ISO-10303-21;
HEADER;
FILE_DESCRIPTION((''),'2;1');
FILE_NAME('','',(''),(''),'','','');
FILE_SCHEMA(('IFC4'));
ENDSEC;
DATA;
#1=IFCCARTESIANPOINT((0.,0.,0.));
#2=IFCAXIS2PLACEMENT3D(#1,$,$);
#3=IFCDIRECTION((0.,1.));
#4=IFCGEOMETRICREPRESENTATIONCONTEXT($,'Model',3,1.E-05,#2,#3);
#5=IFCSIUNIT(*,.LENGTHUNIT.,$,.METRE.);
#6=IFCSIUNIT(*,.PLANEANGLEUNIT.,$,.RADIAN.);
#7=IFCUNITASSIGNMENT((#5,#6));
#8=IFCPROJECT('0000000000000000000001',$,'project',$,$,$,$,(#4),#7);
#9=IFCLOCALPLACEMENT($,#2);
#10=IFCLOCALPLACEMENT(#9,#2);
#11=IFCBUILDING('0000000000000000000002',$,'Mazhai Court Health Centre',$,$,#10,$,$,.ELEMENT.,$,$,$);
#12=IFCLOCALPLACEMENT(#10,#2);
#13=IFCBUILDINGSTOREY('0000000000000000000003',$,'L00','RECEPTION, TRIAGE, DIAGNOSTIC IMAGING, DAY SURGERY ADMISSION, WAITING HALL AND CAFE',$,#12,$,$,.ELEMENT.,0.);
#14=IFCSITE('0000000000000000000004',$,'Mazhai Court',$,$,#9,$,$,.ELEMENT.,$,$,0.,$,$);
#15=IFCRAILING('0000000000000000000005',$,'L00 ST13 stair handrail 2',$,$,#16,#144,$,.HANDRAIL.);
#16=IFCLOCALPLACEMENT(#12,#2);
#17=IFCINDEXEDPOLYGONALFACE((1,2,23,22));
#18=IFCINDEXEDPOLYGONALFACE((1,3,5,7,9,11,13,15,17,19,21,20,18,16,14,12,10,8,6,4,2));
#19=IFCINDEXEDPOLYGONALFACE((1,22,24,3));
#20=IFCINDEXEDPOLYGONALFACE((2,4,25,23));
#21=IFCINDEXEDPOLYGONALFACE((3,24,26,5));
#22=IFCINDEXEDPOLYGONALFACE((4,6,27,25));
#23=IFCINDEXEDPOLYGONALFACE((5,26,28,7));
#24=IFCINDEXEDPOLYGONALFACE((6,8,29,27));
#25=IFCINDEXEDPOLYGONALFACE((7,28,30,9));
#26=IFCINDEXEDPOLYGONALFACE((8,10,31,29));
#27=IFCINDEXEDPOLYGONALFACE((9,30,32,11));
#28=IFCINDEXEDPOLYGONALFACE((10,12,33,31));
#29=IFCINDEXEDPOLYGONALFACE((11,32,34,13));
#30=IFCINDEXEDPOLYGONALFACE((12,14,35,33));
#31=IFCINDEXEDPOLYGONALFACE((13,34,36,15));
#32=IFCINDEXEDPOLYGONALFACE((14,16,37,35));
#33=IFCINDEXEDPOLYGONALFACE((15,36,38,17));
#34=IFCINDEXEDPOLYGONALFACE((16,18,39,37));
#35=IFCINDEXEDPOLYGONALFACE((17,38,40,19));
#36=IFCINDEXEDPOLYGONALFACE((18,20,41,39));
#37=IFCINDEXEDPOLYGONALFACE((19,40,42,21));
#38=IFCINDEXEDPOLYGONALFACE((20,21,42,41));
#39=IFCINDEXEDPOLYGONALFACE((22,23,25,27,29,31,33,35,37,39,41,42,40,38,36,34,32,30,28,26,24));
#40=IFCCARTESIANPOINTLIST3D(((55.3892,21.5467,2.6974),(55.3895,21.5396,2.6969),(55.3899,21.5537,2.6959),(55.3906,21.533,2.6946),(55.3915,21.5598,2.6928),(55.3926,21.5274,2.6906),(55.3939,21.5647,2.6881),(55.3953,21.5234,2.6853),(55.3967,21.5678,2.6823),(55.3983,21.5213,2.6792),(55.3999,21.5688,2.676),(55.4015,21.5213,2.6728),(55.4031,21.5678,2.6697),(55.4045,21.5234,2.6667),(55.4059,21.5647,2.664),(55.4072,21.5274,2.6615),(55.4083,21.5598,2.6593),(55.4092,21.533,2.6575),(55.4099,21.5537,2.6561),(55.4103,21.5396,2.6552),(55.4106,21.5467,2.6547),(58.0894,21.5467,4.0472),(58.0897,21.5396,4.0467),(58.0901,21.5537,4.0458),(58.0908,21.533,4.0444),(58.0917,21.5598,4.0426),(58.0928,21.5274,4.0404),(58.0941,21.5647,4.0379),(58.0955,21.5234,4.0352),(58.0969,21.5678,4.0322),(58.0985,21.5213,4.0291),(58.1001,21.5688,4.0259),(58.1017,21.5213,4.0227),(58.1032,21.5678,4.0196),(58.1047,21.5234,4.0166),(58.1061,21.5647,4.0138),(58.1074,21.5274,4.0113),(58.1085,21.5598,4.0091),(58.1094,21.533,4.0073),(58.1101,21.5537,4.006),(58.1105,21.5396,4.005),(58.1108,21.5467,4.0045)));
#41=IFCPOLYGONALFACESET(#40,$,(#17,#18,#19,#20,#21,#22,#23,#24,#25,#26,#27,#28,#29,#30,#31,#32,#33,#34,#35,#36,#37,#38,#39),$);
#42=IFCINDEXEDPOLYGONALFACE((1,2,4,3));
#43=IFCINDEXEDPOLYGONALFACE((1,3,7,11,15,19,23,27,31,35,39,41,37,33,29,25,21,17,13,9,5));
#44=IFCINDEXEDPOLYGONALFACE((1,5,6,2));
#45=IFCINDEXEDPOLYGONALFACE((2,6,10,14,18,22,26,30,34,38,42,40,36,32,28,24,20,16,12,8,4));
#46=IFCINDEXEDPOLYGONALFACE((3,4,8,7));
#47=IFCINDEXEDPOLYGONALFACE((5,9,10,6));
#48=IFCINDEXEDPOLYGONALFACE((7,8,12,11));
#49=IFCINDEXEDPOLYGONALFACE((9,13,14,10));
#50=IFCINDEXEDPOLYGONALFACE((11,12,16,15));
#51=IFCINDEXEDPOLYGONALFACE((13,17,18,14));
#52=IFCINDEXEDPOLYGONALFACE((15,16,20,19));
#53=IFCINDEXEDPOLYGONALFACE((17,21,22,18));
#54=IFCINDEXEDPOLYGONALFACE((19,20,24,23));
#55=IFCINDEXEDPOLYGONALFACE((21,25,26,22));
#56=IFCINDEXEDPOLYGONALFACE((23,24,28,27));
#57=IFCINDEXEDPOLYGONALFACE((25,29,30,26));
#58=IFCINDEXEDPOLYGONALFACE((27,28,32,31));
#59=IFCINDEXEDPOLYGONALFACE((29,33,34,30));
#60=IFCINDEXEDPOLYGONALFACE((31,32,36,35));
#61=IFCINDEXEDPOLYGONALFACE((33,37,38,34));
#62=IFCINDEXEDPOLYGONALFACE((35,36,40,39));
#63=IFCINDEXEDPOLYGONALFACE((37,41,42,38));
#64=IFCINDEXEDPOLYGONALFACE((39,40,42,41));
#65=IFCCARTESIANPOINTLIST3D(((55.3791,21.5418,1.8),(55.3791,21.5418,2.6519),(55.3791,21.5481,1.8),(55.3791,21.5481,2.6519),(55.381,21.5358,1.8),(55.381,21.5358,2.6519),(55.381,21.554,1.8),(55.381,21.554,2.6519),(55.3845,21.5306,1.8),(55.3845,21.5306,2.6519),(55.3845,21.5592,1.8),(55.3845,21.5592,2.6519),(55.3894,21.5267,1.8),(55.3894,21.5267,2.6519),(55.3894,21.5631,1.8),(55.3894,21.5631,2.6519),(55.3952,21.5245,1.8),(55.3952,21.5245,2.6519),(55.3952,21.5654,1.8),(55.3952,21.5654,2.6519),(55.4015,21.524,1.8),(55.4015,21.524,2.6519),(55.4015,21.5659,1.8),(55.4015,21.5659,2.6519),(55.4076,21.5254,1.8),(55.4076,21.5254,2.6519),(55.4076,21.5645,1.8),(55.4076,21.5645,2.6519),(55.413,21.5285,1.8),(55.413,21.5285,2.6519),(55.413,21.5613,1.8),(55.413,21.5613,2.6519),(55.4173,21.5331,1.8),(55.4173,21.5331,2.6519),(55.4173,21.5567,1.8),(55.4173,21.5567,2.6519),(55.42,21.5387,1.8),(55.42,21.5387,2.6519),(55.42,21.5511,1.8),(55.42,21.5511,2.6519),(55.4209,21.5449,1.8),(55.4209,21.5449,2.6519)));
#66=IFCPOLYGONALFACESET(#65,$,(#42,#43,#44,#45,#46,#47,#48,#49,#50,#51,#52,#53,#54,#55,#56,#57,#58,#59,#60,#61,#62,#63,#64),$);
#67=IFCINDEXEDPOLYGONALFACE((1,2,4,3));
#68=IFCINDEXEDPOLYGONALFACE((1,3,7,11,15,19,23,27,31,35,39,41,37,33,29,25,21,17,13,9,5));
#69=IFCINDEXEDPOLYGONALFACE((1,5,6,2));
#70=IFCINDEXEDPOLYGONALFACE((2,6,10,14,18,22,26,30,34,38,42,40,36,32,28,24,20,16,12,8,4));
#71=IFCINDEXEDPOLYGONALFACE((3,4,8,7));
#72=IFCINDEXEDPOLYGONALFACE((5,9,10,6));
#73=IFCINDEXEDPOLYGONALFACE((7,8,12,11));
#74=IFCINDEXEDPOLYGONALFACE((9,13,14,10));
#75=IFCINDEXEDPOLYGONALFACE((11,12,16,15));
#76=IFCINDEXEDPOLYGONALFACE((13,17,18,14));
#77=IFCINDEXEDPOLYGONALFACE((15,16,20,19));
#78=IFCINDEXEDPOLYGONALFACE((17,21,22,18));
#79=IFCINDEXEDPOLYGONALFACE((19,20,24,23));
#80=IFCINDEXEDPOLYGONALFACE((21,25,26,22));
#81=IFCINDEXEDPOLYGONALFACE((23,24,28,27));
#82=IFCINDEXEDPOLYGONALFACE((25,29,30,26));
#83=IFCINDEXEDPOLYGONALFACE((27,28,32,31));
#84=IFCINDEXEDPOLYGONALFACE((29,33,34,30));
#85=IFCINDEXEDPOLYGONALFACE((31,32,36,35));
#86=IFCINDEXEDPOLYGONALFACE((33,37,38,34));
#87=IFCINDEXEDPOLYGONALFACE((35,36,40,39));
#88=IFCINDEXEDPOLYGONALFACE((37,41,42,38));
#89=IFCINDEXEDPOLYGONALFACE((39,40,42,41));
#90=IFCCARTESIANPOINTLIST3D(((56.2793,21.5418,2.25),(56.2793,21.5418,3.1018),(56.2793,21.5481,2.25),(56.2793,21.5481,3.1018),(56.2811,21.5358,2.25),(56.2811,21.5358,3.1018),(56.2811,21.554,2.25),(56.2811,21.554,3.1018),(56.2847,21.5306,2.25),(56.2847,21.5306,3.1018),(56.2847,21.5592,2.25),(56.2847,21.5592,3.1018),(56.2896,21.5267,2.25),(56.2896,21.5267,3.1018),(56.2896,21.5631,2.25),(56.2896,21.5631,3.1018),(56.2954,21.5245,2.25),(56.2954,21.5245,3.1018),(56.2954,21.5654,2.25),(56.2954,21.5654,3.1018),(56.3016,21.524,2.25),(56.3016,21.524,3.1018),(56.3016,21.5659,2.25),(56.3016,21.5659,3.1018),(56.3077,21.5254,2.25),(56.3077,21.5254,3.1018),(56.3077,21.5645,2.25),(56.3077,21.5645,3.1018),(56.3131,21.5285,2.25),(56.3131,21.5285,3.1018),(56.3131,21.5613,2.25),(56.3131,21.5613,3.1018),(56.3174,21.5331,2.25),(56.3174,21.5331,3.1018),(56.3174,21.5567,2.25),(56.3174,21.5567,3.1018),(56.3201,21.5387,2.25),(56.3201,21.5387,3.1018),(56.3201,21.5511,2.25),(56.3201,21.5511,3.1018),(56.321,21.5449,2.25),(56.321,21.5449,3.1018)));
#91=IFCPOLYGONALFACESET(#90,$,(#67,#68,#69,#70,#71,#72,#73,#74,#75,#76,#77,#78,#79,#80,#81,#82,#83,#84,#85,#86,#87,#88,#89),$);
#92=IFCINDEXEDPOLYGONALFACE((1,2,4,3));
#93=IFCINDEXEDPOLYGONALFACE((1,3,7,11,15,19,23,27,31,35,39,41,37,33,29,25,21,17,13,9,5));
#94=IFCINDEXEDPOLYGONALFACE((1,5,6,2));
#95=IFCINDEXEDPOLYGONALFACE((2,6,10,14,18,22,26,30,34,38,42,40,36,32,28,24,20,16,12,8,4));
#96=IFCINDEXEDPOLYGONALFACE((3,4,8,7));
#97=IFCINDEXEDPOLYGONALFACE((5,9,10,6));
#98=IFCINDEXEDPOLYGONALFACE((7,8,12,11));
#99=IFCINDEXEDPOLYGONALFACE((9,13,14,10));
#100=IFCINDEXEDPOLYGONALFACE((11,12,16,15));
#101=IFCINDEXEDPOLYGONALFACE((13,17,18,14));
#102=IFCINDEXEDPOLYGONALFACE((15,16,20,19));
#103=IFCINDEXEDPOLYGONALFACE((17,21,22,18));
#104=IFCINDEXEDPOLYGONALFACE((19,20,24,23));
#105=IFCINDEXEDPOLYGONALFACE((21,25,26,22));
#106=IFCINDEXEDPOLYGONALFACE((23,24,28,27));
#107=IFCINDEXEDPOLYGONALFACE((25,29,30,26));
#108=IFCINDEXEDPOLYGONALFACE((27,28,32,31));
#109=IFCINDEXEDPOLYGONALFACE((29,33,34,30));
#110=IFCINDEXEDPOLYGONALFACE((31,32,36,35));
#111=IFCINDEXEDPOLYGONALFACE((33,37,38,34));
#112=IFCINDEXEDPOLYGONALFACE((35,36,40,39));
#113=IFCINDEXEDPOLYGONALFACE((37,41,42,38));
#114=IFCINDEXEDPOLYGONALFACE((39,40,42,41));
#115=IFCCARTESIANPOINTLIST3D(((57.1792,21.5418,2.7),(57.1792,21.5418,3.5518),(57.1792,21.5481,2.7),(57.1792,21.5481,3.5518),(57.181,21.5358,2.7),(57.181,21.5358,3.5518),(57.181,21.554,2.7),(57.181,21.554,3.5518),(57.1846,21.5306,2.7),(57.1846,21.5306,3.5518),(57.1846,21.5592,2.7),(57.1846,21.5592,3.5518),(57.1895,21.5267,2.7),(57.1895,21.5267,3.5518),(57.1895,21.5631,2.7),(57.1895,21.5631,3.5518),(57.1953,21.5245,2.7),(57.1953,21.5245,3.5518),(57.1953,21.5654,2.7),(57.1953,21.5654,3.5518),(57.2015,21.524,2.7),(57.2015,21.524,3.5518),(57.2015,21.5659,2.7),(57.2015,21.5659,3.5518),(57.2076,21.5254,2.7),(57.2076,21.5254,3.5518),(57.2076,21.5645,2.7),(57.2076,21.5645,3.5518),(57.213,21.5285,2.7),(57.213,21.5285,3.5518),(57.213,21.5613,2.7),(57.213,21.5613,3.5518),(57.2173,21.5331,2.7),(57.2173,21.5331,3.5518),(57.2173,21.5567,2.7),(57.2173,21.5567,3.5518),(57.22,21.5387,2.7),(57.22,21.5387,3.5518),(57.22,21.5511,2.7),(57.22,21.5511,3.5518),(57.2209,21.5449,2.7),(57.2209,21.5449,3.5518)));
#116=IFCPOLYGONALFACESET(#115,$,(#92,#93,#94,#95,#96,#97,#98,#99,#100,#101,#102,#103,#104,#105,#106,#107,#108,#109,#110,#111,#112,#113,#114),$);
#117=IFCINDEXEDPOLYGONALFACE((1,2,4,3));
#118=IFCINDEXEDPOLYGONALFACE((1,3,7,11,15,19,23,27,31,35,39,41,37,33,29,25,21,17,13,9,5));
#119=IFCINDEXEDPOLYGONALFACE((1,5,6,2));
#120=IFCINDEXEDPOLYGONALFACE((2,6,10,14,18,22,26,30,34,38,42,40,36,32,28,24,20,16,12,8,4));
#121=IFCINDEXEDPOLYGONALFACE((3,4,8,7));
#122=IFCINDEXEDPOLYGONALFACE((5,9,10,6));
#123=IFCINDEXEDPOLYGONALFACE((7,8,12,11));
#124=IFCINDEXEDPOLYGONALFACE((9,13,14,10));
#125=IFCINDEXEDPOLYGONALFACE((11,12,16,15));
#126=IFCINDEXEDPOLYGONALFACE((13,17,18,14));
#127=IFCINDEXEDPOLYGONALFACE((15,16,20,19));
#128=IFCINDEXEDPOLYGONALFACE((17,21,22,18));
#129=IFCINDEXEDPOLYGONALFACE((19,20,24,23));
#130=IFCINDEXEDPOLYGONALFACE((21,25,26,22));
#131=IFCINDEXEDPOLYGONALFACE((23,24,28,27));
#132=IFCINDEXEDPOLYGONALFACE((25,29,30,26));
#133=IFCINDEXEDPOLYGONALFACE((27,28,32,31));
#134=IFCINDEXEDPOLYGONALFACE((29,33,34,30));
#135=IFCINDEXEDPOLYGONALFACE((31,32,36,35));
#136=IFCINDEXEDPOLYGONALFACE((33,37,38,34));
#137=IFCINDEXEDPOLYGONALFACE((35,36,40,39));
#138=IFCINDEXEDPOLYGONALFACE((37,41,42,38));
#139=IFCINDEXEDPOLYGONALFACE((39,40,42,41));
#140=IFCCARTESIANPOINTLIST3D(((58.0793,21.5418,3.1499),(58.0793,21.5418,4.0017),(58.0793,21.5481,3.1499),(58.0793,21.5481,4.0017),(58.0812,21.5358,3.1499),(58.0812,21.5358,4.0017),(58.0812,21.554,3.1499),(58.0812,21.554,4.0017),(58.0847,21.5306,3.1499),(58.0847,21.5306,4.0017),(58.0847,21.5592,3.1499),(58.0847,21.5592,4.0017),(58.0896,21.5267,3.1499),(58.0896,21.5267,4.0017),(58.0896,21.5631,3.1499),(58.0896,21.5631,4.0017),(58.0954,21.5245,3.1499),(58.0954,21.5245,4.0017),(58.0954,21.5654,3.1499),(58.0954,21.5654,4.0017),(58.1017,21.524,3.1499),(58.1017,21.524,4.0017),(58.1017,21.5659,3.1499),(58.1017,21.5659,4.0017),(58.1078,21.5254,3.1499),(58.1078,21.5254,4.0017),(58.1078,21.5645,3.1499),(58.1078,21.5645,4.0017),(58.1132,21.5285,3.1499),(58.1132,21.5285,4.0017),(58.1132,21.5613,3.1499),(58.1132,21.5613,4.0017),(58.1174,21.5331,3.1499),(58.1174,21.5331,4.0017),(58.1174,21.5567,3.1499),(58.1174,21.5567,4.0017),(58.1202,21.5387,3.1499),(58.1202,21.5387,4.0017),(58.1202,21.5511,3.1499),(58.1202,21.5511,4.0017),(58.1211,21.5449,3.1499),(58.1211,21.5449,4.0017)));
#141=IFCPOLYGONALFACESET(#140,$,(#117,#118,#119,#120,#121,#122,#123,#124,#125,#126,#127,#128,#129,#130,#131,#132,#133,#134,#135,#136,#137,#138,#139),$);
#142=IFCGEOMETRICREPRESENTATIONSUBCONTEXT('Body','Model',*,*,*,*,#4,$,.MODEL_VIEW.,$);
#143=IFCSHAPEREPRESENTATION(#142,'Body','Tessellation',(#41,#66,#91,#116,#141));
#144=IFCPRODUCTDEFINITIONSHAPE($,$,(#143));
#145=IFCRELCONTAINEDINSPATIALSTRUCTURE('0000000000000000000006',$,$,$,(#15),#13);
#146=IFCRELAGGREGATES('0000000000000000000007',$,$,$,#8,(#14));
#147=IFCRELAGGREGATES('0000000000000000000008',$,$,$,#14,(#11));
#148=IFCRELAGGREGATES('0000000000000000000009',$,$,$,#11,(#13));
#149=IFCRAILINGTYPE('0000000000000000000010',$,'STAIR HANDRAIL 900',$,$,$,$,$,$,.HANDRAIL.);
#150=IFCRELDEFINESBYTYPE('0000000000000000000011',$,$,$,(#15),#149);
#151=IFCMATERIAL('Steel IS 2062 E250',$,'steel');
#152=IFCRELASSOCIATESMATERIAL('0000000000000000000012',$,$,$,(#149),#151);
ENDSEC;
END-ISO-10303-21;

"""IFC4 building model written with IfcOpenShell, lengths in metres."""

from ifc_helpers import new_model, si_unit, direction, frame, origin, origin_2d, place, context, subcontext, project, spatial, circle, extrude, material, type_object, element, save


model = new_model("IFC4")

# Units and contexts
model_context = context("Model", 3, precision=1e-05, world=origin(), true_north=direction((0.0, 1.0)))
body_context = subcontext(model_context, "Body", "Model", "MODEL_VIEW")
ifc_project = project(units=[si_unit("LENGTHUNIT", "METRE"), si_unit("PLANEANGLEUNIT", "RADIAN")], contexts=[model_context])

# Site, building, storey
site_placement = place(None, origin())
site = spatial("IfcSite", under=ifc_project, at=site_placement, Name="Mazhai Court", CompositionType="ELEMENT", RefElevation=0.0)
building_placement = place(site_placement, origin())
building = spatial("IfcBuilding", under=site, at=building_placement, Name="Mazhai Court Health Centre", CompositionType="ELEMENT")
storey_placement = place(building_placement, origin())
storey = spatial("IfcBuildingStorey", under=building, at=storey_placement, Name="L00", Description="RECEPTION, TRIAGE, DIAGNOSTIC IMAGING, DAY SURGERY ADMISSION, WAITING HALL AND CAFE", CompositionType="ELEMENT", Elevation=0.0)

# Railing
ifc_material_1 = material(Name="Steel IS 2062 E250", Category="steel")
railing_type_1 = type_object("IfcRailingType", Name="STAIR HANDRAIL 900", PredefinedType="HANDRAIL", material=ifc_material_1)
railing_1_placement = place(storey_placement, frame((55.3999, 21.5449, 1.8)))
element("IfcRailing", 1, at=railing_1_placement, inside=storey, type_object=railing_type_1, Name="L00 ST13 stair handrail 2", PredefinedType="HANDRAIL", context=body_context, shape_type="SweptSolid", body=[
    extrude(circle(Radius=0.0239, at=origin_2d()), frame((0.0, 0.0, 0.876), z_axis=(0.89446, 0.0, 0.447149), x_axis=(0.0, 1.0, 0.0)), (0.0, 0.0, 1.0), 3.0188),
    extrude(circle(Radius=0.021, at=origin_2d()), origin(), (0.0, 0.0, 1.0), 0.8518),
    extrude(circle(Radius=0.021, at=origin_2d()), frame((0.9001, 0.0, 0.45)), (0.0, 0.0, 1.0), 0.8518),
    extrude(circle(Radius=0.021, at=origin_2d()), frame((1.8, 0.0, 0.8999)), (0.0, 0.0, 1.0), 0.8518),
    extrude(circle(Radius=0.021, at=origin_2d()), frame((2.7002, 0.0, 1.3499)), (0.0, 0.0, 1.0), 0.8518),
])

save(model, "model.ifc")
